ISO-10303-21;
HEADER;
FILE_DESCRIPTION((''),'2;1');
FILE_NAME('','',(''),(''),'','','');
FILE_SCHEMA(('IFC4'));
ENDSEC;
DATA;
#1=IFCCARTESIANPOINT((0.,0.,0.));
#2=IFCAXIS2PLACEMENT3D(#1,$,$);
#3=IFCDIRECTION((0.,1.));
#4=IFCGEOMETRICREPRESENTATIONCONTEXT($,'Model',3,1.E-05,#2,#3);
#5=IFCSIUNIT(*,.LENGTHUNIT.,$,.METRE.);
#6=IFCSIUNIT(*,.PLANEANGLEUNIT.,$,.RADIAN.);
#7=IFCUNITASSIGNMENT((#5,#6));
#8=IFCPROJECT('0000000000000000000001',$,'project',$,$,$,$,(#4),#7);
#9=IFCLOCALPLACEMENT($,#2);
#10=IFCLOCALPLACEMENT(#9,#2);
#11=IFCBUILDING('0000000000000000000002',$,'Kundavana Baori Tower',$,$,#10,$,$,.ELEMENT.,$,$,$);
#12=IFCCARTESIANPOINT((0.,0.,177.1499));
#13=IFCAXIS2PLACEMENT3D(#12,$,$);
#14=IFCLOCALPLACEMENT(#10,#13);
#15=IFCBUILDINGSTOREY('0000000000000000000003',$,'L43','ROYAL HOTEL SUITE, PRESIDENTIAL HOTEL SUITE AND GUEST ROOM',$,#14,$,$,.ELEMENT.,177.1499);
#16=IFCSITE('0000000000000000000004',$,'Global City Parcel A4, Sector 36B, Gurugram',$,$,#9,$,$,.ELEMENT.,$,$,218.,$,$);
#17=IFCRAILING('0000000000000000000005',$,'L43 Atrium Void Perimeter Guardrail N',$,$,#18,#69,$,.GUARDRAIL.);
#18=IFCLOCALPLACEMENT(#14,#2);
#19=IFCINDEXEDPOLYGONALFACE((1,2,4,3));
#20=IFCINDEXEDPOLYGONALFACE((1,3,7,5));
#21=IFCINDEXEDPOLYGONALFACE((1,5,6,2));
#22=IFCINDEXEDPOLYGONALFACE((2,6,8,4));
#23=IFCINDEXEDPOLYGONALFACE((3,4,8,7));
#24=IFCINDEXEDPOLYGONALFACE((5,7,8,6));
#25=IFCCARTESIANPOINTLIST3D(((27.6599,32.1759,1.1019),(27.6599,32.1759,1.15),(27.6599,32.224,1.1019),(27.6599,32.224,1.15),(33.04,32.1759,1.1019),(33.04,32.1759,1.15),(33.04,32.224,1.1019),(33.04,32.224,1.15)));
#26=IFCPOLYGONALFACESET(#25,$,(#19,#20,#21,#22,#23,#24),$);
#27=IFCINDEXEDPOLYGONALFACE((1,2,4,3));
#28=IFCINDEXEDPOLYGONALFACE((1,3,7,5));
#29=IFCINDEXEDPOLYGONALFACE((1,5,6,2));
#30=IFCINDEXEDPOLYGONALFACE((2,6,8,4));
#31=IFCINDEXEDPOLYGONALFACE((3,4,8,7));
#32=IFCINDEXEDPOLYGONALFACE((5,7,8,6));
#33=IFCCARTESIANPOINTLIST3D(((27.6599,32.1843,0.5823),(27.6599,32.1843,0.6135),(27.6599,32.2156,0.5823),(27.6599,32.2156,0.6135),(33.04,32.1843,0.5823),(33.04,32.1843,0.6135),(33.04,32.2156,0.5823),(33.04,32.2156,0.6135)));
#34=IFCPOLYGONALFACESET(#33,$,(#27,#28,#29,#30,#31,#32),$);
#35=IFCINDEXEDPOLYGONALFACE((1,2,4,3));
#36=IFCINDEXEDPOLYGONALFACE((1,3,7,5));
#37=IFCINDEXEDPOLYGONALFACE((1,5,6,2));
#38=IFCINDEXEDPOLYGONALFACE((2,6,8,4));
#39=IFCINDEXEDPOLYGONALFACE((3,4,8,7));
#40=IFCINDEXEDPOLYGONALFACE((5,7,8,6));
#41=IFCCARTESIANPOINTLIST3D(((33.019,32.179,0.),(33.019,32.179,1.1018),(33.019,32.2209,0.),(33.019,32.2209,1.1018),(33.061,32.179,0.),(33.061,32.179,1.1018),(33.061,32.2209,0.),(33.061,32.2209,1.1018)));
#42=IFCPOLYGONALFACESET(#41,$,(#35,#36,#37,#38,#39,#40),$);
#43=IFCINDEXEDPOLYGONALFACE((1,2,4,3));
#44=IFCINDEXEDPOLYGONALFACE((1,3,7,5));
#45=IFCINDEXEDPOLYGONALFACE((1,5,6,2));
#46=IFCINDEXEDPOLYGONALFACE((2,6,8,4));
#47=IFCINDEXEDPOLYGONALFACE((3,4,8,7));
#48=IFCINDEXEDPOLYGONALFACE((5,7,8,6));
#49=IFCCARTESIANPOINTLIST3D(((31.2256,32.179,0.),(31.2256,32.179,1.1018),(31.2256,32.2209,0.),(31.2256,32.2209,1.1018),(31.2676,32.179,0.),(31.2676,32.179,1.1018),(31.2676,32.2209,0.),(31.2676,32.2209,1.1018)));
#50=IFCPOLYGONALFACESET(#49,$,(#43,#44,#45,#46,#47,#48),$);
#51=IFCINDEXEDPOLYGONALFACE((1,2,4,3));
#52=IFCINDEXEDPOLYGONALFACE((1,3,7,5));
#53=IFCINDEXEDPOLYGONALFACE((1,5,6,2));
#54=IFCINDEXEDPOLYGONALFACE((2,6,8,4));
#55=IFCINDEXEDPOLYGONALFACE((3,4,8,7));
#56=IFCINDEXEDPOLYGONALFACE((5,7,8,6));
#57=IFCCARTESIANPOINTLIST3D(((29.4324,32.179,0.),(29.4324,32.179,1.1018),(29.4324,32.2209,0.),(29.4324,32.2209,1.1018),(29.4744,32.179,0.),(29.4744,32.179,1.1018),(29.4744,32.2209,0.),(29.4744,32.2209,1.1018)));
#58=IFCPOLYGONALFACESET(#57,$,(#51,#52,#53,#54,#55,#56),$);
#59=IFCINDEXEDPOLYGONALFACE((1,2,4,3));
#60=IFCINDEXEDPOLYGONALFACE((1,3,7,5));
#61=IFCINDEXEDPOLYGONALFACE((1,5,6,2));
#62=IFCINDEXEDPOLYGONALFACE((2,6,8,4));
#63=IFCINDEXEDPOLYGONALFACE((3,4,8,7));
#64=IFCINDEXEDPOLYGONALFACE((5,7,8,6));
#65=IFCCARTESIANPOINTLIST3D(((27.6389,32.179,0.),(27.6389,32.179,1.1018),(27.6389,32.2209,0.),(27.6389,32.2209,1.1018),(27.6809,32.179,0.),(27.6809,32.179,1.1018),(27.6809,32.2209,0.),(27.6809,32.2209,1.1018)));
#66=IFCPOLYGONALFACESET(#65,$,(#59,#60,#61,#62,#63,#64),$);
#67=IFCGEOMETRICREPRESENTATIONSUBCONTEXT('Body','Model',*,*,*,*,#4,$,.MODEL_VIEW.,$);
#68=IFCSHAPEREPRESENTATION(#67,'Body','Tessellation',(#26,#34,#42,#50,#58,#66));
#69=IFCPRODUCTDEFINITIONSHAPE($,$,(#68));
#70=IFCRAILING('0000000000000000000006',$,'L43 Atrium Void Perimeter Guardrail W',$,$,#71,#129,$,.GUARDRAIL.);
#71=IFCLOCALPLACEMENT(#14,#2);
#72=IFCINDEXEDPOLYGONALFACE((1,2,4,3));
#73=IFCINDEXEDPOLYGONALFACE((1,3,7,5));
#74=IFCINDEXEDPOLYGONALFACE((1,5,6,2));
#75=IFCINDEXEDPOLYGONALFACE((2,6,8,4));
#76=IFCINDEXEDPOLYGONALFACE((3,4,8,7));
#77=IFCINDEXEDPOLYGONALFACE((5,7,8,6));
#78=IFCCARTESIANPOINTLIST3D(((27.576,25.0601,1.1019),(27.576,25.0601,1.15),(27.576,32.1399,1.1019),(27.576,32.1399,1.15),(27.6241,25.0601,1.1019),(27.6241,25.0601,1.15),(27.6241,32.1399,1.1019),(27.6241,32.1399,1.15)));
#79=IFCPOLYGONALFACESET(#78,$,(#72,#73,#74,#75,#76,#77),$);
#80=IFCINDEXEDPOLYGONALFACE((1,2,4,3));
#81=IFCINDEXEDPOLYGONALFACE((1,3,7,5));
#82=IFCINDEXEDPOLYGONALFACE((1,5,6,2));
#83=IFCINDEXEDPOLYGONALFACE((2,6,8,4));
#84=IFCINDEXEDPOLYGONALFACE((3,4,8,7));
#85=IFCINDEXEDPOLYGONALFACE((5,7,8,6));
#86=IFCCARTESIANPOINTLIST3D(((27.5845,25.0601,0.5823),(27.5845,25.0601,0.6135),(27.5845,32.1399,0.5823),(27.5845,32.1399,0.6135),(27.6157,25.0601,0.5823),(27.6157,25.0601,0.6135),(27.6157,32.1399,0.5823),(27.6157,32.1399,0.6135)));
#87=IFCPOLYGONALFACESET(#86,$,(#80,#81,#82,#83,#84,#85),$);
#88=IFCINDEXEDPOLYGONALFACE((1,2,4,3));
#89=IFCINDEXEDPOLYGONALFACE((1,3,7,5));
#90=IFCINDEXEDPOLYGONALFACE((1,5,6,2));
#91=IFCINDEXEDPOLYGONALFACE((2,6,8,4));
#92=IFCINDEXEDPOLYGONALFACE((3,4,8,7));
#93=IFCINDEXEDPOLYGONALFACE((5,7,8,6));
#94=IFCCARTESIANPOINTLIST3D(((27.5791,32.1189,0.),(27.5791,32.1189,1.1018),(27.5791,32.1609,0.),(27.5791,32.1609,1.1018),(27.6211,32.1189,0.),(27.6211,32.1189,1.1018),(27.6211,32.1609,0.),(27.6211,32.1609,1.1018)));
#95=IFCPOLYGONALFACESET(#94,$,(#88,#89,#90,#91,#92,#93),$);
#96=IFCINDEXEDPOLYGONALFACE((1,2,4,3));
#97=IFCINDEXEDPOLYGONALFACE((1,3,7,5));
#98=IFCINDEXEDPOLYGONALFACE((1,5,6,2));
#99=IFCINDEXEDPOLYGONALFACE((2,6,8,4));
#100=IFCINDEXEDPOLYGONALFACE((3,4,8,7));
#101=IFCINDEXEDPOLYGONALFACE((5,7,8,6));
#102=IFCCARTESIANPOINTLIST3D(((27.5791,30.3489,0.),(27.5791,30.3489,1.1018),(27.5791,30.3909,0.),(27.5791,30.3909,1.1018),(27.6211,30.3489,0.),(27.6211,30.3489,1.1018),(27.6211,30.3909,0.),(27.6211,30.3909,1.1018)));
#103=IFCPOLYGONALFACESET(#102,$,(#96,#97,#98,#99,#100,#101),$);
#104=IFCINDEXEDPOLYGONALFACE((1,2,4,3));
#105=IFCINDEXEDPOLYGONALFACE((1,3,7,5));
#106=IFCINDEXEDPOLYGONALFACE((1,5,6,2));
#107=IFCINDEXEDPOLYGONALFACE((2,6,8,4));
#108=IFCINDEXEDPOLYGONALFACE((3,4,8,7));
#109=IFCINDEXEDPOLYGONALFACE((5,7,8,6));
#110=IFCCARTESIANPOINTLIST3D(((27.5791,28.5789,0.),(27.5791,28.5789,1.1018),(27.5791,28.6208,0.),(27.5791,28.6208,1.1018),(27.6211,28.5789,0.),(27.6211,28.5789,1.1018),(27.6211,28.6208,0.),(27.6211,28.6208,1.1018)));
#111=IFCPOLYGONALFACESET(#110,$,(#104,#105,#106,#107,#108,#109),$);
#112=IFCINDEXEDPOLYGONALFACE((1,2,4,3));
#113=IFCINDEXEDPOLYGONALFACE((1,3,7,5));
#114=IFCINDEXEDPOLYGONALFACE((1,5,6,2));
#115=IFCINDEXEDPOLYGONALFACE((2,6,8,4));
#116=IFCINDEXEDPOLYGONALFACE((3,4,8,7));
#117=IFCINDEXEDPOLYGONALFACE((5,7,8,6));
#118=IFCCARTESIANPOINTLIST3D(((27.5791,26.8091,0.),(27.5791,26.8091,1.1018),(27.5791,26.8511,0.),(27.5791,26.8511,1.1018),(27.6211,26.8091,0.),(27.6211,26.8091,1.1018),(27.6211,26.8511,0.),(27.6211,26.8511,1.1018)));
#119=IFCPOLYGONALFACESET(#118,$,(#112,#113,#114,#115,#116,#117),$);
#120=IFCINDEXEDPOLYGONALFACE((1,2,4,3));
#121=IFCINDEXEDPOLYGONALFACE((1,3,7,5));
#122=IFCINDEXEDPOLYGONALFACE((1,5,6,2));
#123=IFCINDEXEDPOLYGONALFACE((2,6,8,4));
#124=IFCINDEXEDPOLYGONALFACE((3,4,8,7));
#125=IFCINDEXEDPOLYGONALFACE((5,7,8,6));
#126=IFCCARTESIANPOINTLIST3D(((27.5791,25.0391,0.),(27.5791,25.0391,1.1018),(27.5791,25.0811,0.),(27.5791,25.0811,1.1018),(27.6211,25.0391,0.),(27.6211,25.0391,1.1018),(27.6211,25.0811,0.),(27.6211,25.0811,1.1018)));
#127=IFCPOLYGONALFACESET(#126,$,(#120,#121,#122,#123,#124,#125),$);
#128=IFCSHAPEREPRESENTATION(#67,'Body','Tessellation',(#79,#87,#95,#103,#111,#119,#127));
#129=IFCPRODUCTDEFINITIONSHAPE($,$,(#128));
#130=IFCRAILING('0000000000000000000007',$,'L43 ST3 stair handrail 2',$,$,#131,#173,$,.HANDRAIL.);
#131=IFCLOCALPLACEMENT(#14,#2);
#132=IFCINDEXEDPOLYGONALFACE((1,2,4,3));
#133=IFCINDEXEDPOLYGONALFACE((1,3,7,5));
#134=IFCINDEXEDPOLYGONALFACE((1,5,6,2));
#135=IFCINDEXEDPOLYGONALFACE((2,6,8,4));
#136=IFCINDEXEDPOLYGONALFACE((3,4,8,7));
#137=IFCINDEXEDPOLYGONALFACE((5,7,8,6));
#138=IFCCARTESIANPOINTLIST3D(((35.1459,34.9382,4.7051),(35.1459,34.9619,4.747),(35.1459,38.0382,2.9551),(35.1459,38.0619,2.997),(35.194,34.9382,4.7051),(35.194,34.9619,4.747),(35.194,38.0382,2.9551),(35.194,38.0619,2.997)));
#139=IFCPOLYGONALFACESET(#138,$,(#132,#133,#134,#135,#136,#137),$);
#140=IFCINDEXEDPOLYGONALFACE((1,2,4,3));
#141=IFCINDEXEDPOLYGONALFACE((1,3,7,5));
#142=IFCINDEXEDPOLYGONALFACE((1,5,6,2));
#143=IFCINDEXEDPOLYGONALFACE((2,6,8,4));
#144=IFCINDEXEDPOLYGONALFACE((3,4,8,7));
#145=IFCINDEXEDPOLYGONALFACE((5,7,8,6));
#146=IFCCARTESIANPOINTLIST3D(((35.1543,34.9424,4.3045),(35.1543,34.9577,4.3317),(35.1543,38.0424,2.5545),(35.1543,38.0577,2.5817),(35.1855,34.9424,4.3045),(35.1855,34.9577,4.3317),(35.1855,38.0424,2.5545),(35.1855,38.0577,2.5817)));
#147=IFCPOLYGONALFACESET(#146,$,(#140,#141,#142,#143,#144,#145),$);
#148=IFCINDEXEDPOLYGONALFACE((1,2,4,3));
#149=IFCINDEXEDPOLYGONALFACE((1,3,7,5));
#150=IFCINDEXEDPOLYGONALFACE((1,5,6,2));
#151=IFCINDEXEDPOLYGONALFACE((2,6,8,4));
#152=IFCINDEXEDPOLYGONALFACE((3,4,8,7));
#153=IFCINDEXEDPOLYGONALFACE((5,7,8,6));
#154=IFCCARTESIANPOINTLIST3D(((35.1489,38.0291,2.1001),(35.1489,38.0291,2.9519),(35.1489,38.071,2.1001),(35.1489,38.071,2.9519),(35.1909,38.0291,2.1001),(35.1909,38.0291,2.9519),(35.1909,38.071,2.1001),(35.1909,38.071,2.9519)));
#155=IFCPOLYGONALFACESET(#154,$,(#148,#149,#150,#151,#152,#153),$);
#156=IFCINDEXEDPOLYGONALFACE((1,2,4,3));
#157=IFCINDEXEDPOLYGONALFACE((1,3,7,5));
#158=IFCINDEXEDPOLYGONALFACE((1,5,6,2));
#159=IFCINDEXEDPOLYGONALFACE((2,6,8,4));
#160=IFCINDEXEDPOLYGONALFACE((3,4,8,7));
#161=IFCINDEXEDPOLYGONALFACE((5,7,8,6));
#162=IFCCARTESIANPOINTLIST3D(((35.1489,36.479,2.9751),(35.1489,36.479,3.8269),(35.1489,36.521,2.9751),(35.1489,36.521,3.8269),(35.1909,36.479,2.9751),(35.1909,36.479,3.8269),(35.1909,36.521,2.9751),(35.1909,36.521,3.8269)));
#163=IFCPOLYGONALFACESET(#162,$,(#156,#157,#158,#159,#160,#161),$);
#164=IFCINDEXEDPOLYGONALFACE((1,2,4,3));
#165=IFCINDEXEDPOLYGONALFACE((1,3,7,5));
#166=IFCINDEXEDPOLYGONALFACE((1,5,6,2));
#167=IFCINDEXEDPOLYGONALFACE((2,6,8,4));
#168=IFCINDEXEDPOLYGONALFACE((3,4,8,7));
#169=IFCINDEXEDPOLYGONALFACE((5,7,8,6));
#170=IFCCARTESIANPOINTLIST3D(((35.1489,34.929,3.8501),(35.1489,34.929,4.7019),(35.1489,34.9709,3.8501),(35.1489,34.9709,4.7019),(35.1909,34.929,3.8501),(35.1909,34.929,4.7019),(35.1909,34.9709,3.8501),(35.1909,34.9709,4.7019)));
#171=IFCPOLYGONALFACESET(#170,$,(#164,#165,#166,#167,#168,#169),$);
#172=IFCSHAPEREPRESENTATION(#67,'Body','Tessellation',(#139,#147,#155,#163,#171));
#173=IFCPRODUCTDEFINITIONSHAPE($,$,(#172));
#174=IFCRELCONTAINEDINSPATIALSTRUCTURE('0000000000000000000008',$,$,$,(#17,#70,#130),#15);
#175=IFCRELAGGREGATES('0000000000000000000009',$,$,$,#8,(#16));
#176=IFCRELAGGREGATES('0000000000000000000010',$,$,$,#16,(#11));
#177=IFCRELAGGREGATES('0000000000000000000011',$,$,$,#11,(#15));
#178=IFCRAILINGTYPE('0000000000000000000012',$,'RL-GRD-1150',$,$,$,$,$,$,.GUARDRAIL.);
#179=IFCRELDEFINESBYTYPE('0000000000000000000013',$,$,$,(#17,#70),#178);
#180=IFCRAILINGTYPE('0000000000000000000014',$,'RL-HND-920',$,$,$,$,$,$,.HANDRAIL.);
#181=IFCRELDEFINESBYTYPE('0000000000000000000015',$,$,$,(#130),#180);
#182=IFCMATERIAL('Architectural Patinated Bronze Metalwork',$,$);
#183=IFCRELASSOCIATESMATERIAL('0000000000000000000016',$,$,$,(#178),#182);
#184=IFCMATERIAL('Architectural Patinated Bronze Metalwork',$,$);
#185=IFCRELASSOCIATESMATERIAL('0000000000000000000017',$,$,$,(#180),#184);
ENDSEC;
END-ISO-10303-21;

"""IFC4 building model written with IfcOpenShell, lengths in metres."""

from ifc_helpers import new_model, si_unit, direction, frame, origin, origin_2d, place, context, subcontext, project, spatial, rectangle, extrude, material, type_object, element, save


model = new_model("IFC4")

# Units and contexts
model_context = context("Model", 3, precision=1e-05, world=origin(), true_north=direction((0.0, 1.0)))
body_context = subcontext(model_context, "Body", "Model", "MODEL_VIEW")
ifc_project = project(units=[si_unit("LENGTHUNIT", "METRE"), si_unit("PLANEANGLEUNIT", "RADIAN")], contexts=[model_context])

# Site, building, storey
site_placement = place(None, origin())
site = spatial("IfcSite", under=ifc_project, at=site_placement, Name="Global City Parcel A4, Sector 36B, Gurugram", CompositionType="ELEMENT", RefElevation=218.0)
building_placement = place(site_placement, origin())
building = spatial("IfcBuilding", under=site, at=building_placement, Name="Kundavana Baori Tower", CompositionType="ELEMENT")
storey_placement = place(building_placement, frame((0.0, 0.0, 177.1499)))
storey = spatial("IfcBuildingStorey", under=building, at=storey_placement, Name="L43", Description="ROYAL HOTEL SUITE, PRESIDENTIAL HOTEL SUITE AND GUEST ROOM", CompositionType="ELEMENT", Elevation=177.1499)

# Railings
ifc_material_1 = material(Name="Architectural Patinated Bronze Metalwork")
railing_type_1 = type_object("IfcRailingType", Name="RL-GRD-1150", PredefinedType="GUARDRAIL", material=ifc_material_1)
railing_1_placement = place(storey_placement, frame((33.04, 32.2, 0.0)))
element("IfcRailing", 1, at=railing_1_placement, inside=storey, type_object=railing_type_1, Name="L43 Atrium Void Perimeter Guardrail N", PredefinedType="GUARDRAIL", context=body_context, shape_type="SweptSolid", body=[
    extrude(rectangle(XDim=0.0481, YDim=0.0481, at=origin_2d()), frame((0.0, 0.0, 1.126), z_axis=(-1.0, 0.0, 0.0), x_axis=(0.0, -1.0, 0.0)), (0.0, 0.0, 1.0), 5.3801),
    extrude(rectangle(XDim=0.0312, YDim=0.0312, at=origin_2d()), frame((0.0, 0.0, 0.5979), z_axis=(-1.0, 0.0, 0.0), x_axis=(0.0, -1.0, 0.0)), (0.0, 0.0, 1.0), 5.3801),
    extrude(rectangle(XDim=0.042, YDim=0.042, at=origin_2d()), origin(), (0.0, 0.0, 1.0), 1.1018),
    extrude(rectangle(XDim=0.042, YDim=0.042, at=origin_2d()), frame((-1.7935, 0.0, 0.0)), (0.0, 0.0, 1.0), 1.1018),
    extrude(rectangle(XDim=0.042, YDim=0.042, at=origin_2d()), frame((-3.5867, 0.0, 0.0)), (0.0, 0.0, 1.0), 1.1018),
    extrude(rectangle(XDim=0.042, YDim=0.042, at=origin_2d()), frame((-5.3801, 0.0, 0.0)), (0.0, 0.0, 1.0), 1.1018),
])
railing_2_placement = place(storey_placement, frame((27.6001, 32.1399, 0.0)))
element("IfcRailing", 2, at=railing_2_placement, inside=storey, type_object=railing_type_1, Name="L43 Atrium Void Perimeter Guardrail W", PredefinedType="GUARDRAIL", context=body_context, shape_type="SweptSolid", body=[
    extrude(rectangle(XDim=0.0481, YDim=0.0481, at=origin_2d()), frame((0.0, 0.0, 1.126), z_axis=(0.0, -1.0, 0.0), x_axis=(1.0, 0.0, 0.0)), (0.0, 0.0, 1.0), 7.0798),
    extrude(rectangle(XDim=0.0312, YDim=0.0312, at=origin_2d()), frame((0.0, 0.0, 0.5979), z_axis=(0.0, -1.0, 0.0), x_axis=(1.0, 0.0, 0.0)), (0.0, 0.0, 1.0), 7.0798),
    extrude(rectangle(XDim=0.042, YDim=0.042, at=origin_2d()), origin(), (0.0, 0.0, 1.0), 1.1018),
    extrude(rectangle(XDim=0.042, YDim=0.042, at=origin_2d()), frame((0.0, -1.77, 0.0)), (0.0, 0.0, 1.0), 1.1018),
    extrude(rectangle(XDim=0.042, YDim=0.042, at=origin_2d()), frame((0.0, -3.54, 0.0)), (0.0, 0.0, 1.0), 1.1018),
    extrude(rectangle(XDim=0.042, YDim=0.042, at=origin_2d()), frame((0.0, -5.3098, 0.0)), (0.0, 0.0, 1.0), 1.1018),
    extrude(rectangle(XDim=0.042, YDim=0.042, at=origin_2d()), frame((0.0, -7.0798, 0.0)), (0.0, 0.0, 1.0), 1.1018),
])
ifc_material_2 = material(Name="Architectural Patinated Bronze Metalwork")
railing_type_2 = type_object("IfcRailingType", Name="RL-HND-920", PredefinedType="HANDRAIL", material=ifc_material_2)
railing_3_placement = place(storey_placement, frame((35.1699, 38.05, 2.1001)))
element("IfcRailing", 3, at=railing_3_placement, inside=storey, type_object=railing_type_2, Name="L43 ST3 stair handrail 2", PredefinedType="HANDRAIL", context=body_context, shape_type="SweptSolid", body=[
    extrude(rectangle(XDim=0.0481, YDim=0.0481, at=origin_2d()), frame((0.0, 0.0, 0.876), z_axis=(0.0, -0.870831, 0.491583), x_axis=(1.0, 0.0, 0.0)), (0.0, 0.0, 1.0), 3.5598),
    extrude(rectangle(XDim=0.0312, YDim=0.0312, at=origin_2d()), frame((0.0, 0.0, 0.468), z_axis=(0.0, -0.870831, 0.491583), x_axis=(1.0, 0.0, 0.0)), (0.0, 0.0, 1.0), 3.5598),
    extrude(rectangle(XDim=0.042, YDim=0.042, at=origin_2d()), origin(), (0.0, 0.0, 1.0), 0.8518),
    extrude(rectangle(XDim=0.042, YDim=0.042, at=origin_2d()), frame((0.0, -1.55, 0.875)), (0.0, 0.0, 1.0), 0.8518),
    extrude(rectangle(XDim=0.042, YDim=0.042, at=origin_2d()), frame((0.0, -3.1001, 1.75)), (0.0, 0.0, 1.0), 0.8518),
])

save(model, "model.ifc")
